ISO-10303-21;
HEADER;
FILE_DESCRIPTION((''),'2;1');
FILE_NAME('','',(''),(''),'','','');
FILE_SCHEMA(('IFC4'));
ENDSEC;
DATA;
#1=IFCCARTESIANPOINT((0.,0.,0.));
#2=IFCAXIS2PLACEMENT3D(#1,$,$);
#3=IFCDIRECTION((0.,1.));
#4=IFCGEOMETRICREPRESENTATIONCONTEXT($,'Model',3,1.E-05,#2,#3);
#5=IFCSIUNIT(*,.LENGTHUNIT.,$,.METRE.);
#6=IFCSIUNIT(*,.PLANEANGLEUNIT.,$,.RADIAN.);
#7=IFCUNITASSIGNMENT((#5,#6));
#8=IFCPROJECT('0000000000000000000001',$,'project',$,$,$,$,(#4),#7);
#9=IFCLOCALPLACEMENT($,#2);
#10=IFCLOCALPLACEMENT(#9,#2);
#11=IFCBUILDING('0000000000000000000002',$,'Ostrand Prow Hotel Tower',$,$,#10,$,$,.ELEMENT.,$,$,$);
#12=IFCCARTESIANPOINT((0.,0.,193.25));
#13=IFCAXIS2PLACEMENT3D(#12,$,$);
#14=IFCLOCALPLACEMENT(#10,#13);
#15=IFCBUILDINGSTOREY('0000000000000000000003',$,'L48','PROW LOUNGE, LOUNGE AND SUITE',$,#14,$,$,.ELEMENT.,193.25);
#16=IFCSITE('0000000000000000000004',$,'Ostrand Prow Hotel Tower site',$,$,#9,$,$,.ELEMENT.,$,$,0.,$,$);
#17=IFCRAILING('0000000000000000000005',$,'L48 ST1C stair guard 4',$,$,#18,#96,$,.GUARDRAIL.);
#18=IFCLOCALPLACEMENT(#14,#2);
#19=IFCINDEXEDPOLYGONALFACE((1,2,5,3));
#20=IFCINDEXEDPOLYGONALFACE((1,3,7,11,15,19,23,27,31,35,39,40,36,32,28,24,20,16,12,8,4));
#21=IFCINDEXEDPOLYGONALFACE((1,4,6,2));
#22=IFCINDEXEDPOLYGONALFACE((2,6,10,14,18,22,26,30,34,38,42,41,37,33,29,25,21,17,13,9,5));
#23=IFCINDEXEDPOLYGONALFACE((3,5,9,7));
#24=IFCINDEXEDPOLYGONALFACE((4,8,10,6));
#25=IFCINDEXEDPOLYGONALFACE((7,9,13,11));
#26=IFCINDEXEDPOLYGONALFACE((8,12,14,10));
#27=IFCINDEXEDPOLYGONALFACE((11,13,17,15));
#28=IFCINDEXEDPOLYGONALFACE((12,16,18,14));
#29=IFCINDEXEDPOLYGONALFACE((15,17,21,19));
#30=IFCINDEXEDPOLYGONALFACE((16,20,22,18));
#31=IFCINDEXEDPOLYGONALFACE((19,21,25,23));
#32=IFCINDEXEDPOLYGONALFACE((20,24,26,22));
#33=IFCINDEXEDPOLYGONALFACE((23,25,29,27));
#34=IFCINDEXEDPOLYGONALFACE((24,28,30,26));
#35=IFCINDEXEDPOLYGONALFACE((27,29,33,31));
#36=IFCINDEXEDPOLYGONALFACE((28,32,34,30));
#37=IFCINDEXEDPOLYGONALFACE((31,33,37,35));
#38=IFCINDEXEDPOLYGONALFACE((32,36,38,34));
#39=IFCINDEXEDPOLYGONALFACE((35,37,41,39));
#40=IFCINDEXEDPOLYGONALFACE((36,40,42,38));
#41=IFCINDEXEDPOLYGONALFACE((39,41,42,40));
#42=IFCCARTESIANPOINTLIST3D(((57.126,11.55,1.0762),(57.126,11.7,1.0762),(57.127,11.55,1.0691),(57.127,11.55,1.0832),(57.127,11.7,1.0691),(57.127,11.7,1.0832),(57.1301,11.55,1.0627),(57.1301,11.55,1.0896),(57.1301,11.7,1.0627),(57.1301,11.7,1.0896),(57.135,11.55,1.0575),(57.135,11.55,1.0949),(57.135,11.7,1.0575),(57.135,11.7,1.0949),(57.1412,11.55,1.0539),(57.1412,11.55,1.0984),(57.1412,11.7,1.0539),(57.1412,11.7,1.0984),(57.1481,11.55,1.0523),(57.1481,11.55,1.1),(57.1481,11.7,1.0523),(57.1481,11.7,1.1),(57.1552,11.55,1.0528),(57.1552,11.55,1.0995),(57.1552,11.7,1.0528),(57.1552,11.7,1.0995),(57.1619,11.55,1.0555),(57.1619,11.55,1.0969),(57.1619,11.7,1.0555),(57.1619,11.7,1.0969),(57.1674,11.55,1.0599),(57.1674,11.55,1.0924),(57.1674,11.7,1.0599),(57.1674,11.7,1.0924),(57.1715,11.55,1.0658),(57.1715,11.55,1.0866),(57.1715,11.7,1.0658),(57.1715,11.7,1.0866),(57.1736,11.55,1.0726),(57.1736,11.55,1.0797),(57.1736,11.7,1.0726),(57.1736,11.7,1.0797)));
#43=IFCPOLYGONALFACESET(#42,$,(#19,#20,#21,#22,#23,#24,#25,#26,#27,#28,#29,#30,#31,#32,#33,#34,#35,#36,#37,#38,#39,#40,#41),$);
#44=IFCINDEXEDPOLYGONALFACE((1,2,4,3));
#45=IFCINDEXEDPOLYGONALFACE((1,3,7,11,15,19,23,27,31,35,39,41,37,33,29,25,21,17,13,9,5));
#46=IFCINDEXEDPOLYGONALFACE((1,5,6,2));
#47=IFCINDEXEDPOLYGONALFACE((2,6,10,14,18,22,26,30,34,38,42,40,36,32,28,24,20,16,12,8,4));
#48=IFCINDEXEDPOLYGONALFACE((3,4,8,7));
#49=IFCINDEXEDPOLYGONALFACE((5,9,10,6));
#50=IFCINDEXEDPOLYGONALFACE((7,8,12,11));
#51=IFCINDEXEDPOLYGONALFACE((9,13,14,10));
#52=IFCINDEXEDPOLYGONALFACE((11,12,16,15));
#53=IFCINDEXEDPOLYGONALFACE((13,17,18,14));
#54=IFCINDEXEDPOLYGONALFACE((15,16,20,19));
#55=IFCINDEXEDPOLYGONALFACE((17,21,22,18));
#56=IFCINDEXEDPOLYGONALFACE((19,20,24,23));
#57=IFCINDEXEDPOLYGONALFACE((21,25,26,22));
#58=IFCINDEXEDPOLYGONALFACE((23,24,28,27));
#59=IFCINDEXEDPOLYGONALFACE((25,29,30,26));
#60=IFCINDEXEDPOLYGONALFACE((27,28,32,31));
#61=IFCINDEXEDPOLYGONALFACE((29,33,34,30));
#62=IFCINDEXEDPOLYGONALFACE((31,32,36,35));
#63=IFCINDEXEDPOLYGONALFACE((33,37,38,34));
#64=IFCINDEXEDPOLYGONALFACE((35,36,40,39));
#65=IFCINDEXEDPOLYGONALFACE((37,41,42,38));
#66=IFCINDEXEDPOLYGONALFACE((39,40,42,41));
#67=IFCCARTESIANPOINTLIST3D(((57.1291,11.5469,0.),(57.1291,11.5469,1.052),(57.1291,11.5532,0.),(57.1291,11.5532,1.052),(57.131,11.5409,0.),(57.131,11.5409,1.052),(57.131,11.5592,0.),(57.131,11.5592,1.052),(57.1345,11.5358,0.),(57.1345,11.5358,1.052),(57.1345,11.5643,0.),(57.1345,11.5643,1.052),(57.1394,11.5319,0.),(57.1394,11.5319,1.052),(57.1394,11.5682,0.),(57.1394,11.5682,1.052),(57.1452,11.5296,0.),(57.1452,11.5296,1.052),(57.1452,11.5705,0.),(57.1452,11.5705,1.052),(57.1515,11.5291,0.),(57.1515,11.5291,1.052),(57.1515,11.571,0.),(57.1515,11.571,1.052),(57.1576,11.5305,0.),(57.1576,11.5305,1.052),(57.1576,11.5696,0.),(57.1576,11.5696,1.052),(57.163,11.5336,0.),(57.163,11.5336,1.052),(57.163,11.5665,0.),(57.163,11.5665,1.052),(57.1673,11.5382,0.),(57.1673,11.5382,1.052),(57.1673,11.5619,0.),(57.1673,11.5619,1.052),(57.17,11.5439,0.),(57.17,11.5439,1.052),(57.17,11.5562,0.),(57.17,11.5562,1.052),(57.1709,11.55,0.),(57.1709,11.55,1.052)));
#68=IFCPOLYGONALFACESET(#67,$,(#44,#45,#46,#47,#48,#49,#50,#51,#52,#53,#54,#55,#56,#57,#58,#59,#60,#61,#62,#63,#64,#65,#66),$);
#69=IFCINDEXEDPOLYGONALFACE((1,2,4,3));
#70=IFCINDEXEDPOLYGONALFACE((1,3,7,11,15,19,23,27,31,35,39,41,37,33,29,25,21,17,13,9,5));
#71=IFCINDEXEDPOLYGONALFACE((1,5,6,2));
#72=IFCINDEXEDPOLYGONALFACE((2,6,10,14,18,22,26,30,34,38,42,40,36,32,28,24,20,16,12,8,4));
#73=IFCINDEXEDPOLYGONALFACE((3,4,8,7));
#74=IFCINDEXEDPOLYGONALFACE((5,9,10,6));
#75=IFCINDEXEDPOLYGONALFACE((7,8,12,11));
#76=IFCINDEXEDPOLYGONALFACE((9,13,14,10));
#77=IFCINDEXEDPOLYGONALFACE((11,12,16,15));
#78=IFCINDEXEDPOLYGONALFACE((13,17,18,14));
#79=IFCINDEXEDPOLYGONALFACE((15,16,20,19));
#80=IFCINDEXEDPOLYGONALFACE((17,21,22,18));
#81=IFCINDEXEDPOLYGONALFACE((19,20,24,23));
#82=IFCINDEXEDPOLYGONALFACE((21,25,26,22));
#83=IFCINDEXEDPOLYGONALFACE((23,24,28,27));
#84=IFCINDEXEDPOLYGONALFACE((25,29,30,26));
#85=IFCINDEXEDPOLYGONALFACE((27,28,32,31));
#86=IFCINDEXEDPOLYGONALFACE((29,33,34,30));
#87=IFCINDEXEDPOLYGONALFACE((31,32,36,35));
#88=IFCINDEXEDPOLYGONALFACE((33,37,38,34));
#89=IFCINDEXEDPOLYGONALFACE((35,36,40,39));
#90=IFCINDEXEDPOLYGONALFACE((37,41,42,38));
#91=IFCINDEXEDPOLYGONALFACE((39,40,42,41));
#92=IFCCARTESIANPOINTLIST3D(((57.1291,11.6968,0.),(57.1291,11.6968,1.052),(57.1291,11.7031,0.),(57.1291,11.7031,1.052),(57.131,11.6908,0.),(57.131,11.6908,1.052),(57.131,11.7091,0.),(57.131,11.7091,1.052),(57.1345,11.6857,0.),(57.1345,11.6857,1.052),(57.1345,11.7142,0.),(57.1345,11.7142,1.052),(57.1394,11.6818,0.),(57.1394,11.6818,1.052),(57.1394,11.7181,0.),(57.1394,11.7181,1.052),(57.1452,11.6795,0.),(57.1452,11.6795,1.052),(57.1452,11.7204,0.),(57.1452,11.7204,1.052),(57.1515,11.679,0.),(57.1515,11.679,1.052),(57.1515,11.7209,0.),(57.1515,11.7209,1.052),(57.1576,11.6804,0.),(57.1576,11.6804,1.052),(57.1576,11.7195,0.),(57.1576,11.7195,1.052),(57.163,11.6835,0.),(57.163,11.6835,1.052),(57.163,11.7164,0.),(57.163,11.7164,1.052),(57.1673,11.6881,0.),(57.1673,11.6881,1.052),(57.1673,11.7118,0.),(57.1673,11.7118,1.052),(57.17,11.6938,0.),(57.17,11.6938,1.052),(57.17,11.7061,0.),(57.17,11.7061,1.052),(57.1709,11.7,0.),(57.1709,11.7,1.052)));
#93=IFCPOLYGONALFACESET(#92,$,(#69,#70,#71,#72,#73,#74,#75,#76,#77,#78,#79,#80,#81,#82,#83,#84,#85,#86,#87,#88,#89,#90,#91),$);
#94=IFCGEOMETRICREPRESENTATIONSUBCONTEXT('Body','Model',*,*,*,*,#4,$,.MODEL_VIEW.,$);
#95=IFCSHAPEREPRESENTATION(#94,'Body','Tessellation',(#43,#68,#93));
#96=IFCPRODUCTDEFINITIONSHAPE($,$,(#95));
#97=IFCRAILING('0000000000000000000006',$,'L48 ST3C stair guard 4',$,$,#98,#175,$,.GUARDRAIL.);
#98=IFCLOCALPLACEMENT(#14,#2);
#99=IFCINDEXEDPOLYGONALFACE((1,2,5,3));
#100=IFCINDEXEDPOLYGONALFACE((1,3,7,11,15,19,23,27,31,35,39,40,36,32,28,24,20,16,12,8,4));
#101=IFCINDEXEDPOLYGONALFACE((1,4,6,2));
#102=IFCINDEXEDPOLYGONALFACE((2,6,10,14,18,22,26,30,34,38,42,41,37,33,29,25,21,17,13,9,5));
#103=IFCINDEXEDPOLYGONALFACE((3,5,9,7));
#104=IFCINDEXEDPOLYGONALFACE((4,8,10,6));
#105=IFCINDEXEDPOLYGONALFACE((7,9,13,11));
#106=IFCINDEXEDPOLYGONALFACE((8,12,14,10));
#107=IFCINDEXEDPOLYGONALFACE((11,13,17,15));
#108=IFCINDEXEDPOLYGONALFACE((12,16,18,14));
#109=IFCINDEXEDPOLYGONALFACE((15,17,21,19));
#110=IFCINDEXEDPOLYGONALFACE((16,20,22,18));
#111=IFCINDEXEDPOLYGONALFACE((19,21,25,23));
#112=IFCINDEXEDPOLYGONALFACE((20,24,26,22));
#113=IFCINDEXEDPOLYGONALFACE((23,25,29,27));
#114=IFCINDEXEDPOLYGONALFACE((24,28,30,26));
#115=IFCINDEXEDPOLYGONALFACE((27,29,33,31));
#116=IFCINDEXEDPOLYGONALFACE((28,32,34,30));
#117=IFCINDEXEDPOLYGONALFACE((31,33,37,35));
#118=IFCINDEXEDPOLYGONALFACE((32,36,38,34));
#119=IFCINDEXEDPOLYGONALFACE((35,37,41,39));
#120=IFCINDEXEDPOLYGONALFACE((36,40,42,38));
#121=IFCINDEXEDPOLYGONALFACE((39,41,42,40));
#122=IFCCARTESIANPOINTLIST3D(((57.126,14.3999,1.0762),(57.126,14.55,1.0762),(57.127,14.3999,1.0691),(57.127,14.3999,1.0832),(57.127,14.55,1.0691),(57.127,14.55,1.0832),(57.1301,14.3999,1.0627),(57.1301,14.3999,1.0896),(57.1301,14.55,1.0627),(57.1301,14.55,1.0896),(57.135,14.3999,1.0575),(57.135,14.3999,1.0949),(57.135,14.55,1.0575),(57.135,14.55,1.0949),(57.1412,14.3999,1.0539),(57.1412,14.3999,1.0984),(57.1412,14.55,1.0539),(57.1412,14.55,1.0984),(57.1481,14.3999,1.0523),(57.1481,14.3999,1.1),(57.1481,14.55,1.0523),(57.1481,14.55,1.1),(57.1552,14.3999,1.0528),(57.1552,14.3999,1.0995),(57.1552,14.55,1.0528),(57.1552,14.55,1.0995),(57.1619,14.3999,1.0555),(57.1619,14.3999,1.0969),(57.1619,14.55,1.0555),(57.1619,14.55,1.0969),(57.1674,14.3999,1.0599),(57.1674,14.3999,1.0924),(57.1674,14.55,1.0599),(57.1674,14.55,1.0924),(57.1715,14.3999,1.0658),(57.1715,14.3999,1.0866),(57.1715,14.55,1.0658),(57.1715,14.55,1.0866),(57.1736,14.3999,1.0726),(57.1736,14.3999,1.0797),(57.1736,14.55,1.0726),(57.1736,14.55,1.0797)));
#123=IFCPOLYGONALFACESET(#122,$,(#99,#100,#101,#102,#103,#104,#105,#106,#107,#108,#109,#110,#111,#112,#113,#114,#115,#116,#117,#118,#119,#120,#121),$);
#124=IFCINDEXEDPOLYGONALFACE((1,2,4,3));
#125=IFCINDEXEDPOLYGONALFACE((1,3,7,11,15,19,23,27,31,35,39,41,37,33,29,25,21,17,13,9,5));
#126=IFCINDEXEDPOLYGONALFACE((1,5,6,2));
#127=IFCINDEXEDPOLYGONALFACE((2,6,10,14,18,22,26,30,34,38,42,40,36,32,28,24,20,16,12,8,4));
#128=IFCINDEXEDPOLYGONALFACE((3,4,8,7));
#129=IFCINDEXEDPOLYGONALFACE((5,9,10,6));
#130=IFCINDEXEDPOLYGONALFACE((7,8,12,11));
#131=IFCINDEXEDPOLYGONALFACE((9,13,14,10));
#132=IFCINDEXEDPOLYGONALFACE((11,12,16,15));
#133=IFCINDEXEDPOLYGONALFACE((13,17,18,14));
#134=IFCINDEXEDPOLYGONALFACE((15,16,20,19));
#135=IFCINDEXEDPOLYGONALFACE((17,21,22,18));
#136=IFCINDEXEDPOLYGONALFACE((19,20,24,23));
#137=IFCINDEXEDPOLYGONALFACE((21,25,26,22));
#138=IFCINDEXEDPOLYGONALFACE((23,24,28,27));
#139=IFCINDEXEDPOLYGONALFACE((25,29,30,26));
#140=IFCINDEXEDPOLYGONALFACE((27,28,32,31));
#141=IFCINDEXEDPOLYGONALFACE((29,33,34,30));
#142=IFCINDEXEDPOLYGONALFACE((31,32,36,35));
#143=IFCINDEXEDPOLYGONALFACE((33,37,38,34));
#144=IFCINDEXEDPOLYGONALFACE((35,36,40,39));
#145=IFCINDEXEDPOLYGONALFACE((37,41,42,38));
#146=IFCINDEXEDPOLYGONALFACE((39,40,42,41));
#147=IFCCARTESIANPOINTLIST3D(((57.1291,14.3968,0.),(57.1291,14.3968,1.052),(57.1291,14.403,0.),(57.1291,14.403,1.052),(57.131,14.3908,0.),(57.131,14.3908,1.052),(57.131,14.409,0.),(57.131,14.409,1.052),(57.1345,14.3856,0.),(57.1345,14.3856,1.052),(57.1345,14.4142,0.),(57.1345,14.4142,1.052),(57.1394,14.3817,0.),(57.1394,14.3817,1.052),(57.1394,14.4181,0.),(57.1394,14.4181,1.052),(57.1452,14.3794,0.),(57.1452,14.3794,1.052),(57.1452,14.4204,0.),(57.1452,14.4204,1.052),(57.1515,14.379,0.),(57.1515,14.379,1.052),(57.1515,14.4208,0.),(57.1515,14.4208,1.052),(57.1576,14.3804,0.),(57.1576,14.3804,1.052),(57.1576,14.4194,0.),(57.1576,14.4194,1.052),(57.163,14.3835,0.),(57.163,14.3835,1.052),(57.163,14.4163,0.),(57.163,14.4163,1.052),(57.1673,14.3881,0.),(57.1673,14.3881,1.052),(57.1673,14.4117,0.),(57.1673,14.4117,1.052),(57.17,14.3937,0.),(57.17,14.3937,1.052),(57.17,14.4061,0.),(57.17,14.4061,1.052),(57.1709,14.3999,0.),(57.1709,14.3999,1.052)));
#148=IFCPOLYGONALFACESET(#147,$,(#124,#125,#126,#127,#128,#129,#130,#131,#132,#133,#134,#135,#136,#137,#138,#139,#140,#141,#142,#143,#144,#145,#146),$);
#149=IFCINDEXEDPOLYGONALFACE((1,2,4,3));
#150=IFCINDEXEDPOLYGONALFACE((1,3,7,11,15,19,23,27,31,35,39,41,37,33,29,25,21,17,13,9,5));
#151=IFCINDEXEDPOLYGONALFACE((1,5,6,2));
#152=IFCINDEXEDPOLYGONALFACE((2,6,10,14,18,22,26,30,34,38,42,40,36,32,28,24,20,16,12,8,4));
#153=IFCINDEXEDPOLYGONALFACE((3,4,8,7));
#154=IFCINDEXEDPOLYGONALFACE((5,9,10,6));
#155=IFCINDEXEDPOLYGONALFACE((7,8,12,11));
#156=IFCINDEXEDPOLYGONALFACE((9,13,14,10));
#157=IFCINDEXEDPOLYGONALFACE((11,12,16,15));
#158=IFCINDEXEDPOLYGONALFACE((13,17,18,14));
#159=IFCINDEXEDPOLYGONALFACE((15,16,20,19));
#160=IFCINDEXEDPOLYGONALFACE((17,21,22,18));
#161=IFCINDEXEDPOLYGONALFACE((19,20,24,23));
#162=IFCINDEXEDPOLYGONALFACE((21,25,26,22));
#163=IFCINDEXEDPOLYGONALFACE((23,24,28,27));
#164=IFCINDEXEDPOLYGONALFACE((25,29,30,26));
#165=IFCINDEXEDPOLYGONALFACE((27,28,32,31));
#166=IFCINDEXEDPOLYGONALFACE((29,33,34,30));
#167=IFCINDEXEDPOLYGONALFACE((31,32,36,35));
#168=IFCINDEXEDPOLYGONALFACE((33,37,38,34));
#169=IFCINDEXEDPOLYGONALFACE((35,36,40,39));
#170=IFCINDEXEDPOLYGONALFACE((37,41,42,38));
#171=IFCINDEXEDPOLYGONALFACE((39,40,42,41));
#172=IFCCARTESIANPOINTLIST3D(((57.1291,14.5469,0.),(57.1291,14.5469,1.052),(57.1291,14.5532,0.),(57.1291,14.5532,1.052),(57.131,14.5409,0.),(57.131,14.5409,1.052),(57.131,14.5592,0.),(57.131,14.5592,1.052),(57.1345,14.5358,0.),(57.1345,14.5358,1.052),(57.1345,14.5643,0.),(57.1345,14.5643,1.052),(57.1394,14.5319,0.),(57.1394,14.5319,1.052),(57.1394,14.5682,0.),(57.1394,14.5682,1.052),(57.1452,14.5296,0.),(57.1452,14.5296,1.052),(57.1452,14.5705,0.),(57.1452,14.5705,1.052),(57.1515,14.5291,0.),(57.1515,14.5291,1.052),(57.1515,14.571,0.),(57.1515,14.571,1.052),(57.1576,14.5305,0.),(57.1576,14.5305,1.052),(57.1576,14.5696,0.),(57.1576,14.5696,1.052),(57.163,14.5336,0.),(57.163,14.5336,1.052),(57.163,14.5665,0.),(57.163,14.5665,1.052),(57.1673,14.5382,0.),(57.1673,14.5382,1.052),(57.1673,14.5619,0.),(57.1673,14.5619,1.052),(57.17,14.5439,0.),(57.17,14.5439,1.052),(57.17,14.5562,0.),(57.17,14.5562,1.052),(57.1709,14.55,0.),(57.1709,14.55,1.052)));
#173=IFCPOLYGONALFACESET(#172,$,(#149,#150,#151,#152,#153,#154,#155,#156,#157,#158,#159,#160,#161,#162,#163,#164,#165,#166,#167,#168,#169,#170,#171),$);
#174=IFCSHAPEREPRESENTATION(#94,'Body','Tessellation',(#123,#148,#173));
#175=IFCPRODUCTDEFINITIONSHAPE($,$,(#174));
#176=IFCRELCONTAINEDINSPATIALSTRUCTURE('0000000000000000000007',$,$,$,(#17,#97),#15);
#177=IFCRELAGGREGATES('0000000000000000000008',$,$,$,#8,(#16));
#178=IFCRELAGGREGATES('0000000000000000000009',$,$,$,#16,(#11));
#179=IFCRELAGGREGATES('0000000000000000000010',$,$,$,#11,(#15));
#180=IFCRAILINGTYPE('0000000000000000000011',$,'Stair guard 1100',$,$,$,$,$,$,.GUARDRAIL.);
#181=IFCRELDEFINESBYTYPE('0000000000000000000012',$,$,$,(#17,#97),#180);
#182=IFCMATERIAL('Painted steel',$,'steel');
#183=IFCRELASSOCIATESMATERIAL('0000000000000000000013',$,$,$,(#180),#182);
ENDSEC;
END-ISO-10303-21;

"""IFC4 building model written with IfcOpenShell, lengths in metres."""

from ifc_helpers import new_model, si_unit, direction, frame, origin, origin_2d, place, context, subcontext, project, spatial, circle, extrude, material, type_object, element, save


model = new_model("IFC4")

# Units and contexts
model_context = context("Model", 3, precision=1e-05, world=origin(), true_north=direction((0.0, 1.0)))
body_context = subcontext(model_context, "Body", "Model", "MODEL_VIEW")
ifc_project = project(units=[si_unit("LENGTHUNIT", "METRE"), si_unit("PLANEANGLEUNIT", "RADIAN")], contexts=[model_context])

# Site, building, storey
site_placement = place(None, origin())
site = spatial("IfcSite", under=ifc_project, at=site_placement, Name="Ostrand Prow Hotel Tower site", CompositionType="ELEMENT", RefElevation=0.0)
building_placement = place(site_placement, origin())
building = spatial("IfcBuilding", under=site, at=building_placement, Name="Ostrand Prow Hotel Tower", CompositionType="ELEMENT")
storey_placement = place(building_placement, frame((0.0, 0.0, 193.25)))
storey = spatial("IfcBuildingStorey", under=building, at=storey_placement, Name="L48", Description="PROW LOUNGE, LOUNGE AND SUITE", CompositionType="ELEMENT", Elevation=193.25)

# Railings
ifc_material_1 = material(Name="Painted steel", Category="steel")
railing_type_1 = type_object("IfcRailingType", Name="Stair guard 1100", PredefinedType="GUARDRAIL", material=ifc_material_1)
railing_1_placement = place(storey_placement, frame((57.1499, 11.55, 0.0)))
element("IfcRailing", 1, at=railing_1_placement, inside=storey, type_object=railing_type_1, Name="L48 ST1C stair guard 4", PredefinedType="GUARDRAIL", context=body_context, shape_type="SweptSolid", body=[
    extrude(circle(Radius=0.0239, at=origin_2d()), frame((0.0, 0.0, 1.0762), z_axis=(0.0, 1.0, 0.0), x_axis=(-1.0, 0.0, 0.0)), (0.0, 0.0, 1.0), 0.1499),
    extrude(circle(Radius=0.021, at=origin_2d()), origin(), (0.0, 0.0, 1.0), 1.052),
    extrude(circle(Radius=0.021, at=origin_2d()), frame((0.0, 0.1499, 0.0)), (0.0, 0.0, 1.0), 1.052),
])
railing_2_placement = place(storey_placement, frame((57.1499, 14.3999, 0.0)))
element("IfcRailing", 2, at=railing_2_placement, inside=storey, type_object=railing_type_1, Name="L48 ST3C stair guard 4", PredefinedType="GUARDRAIL", context=body_context, shape_type="SweptSolid", body=[
    extrude(circle(Radius=0.0239, at=origin_2d()), frame((0.0, 0.0, 1.0762), z_axis=(0.0, 1.0, 0.0), x_axis=(-1.0, 0.0, 0.0)), (0.0, 0.0, 1.0), 0.1501),
    extrude(circle(Radius=0.021, at=origin_2d()), origin(), (0.0, 0.0, 1.0), 1.052),
    extrude(circle(Radius=0.021, at=origin_2d()), frame((0.0, 0.1501, 0.0)), (0.0, 0.0, 1.0), 1.052),
])

save(model, "model.ifc")
